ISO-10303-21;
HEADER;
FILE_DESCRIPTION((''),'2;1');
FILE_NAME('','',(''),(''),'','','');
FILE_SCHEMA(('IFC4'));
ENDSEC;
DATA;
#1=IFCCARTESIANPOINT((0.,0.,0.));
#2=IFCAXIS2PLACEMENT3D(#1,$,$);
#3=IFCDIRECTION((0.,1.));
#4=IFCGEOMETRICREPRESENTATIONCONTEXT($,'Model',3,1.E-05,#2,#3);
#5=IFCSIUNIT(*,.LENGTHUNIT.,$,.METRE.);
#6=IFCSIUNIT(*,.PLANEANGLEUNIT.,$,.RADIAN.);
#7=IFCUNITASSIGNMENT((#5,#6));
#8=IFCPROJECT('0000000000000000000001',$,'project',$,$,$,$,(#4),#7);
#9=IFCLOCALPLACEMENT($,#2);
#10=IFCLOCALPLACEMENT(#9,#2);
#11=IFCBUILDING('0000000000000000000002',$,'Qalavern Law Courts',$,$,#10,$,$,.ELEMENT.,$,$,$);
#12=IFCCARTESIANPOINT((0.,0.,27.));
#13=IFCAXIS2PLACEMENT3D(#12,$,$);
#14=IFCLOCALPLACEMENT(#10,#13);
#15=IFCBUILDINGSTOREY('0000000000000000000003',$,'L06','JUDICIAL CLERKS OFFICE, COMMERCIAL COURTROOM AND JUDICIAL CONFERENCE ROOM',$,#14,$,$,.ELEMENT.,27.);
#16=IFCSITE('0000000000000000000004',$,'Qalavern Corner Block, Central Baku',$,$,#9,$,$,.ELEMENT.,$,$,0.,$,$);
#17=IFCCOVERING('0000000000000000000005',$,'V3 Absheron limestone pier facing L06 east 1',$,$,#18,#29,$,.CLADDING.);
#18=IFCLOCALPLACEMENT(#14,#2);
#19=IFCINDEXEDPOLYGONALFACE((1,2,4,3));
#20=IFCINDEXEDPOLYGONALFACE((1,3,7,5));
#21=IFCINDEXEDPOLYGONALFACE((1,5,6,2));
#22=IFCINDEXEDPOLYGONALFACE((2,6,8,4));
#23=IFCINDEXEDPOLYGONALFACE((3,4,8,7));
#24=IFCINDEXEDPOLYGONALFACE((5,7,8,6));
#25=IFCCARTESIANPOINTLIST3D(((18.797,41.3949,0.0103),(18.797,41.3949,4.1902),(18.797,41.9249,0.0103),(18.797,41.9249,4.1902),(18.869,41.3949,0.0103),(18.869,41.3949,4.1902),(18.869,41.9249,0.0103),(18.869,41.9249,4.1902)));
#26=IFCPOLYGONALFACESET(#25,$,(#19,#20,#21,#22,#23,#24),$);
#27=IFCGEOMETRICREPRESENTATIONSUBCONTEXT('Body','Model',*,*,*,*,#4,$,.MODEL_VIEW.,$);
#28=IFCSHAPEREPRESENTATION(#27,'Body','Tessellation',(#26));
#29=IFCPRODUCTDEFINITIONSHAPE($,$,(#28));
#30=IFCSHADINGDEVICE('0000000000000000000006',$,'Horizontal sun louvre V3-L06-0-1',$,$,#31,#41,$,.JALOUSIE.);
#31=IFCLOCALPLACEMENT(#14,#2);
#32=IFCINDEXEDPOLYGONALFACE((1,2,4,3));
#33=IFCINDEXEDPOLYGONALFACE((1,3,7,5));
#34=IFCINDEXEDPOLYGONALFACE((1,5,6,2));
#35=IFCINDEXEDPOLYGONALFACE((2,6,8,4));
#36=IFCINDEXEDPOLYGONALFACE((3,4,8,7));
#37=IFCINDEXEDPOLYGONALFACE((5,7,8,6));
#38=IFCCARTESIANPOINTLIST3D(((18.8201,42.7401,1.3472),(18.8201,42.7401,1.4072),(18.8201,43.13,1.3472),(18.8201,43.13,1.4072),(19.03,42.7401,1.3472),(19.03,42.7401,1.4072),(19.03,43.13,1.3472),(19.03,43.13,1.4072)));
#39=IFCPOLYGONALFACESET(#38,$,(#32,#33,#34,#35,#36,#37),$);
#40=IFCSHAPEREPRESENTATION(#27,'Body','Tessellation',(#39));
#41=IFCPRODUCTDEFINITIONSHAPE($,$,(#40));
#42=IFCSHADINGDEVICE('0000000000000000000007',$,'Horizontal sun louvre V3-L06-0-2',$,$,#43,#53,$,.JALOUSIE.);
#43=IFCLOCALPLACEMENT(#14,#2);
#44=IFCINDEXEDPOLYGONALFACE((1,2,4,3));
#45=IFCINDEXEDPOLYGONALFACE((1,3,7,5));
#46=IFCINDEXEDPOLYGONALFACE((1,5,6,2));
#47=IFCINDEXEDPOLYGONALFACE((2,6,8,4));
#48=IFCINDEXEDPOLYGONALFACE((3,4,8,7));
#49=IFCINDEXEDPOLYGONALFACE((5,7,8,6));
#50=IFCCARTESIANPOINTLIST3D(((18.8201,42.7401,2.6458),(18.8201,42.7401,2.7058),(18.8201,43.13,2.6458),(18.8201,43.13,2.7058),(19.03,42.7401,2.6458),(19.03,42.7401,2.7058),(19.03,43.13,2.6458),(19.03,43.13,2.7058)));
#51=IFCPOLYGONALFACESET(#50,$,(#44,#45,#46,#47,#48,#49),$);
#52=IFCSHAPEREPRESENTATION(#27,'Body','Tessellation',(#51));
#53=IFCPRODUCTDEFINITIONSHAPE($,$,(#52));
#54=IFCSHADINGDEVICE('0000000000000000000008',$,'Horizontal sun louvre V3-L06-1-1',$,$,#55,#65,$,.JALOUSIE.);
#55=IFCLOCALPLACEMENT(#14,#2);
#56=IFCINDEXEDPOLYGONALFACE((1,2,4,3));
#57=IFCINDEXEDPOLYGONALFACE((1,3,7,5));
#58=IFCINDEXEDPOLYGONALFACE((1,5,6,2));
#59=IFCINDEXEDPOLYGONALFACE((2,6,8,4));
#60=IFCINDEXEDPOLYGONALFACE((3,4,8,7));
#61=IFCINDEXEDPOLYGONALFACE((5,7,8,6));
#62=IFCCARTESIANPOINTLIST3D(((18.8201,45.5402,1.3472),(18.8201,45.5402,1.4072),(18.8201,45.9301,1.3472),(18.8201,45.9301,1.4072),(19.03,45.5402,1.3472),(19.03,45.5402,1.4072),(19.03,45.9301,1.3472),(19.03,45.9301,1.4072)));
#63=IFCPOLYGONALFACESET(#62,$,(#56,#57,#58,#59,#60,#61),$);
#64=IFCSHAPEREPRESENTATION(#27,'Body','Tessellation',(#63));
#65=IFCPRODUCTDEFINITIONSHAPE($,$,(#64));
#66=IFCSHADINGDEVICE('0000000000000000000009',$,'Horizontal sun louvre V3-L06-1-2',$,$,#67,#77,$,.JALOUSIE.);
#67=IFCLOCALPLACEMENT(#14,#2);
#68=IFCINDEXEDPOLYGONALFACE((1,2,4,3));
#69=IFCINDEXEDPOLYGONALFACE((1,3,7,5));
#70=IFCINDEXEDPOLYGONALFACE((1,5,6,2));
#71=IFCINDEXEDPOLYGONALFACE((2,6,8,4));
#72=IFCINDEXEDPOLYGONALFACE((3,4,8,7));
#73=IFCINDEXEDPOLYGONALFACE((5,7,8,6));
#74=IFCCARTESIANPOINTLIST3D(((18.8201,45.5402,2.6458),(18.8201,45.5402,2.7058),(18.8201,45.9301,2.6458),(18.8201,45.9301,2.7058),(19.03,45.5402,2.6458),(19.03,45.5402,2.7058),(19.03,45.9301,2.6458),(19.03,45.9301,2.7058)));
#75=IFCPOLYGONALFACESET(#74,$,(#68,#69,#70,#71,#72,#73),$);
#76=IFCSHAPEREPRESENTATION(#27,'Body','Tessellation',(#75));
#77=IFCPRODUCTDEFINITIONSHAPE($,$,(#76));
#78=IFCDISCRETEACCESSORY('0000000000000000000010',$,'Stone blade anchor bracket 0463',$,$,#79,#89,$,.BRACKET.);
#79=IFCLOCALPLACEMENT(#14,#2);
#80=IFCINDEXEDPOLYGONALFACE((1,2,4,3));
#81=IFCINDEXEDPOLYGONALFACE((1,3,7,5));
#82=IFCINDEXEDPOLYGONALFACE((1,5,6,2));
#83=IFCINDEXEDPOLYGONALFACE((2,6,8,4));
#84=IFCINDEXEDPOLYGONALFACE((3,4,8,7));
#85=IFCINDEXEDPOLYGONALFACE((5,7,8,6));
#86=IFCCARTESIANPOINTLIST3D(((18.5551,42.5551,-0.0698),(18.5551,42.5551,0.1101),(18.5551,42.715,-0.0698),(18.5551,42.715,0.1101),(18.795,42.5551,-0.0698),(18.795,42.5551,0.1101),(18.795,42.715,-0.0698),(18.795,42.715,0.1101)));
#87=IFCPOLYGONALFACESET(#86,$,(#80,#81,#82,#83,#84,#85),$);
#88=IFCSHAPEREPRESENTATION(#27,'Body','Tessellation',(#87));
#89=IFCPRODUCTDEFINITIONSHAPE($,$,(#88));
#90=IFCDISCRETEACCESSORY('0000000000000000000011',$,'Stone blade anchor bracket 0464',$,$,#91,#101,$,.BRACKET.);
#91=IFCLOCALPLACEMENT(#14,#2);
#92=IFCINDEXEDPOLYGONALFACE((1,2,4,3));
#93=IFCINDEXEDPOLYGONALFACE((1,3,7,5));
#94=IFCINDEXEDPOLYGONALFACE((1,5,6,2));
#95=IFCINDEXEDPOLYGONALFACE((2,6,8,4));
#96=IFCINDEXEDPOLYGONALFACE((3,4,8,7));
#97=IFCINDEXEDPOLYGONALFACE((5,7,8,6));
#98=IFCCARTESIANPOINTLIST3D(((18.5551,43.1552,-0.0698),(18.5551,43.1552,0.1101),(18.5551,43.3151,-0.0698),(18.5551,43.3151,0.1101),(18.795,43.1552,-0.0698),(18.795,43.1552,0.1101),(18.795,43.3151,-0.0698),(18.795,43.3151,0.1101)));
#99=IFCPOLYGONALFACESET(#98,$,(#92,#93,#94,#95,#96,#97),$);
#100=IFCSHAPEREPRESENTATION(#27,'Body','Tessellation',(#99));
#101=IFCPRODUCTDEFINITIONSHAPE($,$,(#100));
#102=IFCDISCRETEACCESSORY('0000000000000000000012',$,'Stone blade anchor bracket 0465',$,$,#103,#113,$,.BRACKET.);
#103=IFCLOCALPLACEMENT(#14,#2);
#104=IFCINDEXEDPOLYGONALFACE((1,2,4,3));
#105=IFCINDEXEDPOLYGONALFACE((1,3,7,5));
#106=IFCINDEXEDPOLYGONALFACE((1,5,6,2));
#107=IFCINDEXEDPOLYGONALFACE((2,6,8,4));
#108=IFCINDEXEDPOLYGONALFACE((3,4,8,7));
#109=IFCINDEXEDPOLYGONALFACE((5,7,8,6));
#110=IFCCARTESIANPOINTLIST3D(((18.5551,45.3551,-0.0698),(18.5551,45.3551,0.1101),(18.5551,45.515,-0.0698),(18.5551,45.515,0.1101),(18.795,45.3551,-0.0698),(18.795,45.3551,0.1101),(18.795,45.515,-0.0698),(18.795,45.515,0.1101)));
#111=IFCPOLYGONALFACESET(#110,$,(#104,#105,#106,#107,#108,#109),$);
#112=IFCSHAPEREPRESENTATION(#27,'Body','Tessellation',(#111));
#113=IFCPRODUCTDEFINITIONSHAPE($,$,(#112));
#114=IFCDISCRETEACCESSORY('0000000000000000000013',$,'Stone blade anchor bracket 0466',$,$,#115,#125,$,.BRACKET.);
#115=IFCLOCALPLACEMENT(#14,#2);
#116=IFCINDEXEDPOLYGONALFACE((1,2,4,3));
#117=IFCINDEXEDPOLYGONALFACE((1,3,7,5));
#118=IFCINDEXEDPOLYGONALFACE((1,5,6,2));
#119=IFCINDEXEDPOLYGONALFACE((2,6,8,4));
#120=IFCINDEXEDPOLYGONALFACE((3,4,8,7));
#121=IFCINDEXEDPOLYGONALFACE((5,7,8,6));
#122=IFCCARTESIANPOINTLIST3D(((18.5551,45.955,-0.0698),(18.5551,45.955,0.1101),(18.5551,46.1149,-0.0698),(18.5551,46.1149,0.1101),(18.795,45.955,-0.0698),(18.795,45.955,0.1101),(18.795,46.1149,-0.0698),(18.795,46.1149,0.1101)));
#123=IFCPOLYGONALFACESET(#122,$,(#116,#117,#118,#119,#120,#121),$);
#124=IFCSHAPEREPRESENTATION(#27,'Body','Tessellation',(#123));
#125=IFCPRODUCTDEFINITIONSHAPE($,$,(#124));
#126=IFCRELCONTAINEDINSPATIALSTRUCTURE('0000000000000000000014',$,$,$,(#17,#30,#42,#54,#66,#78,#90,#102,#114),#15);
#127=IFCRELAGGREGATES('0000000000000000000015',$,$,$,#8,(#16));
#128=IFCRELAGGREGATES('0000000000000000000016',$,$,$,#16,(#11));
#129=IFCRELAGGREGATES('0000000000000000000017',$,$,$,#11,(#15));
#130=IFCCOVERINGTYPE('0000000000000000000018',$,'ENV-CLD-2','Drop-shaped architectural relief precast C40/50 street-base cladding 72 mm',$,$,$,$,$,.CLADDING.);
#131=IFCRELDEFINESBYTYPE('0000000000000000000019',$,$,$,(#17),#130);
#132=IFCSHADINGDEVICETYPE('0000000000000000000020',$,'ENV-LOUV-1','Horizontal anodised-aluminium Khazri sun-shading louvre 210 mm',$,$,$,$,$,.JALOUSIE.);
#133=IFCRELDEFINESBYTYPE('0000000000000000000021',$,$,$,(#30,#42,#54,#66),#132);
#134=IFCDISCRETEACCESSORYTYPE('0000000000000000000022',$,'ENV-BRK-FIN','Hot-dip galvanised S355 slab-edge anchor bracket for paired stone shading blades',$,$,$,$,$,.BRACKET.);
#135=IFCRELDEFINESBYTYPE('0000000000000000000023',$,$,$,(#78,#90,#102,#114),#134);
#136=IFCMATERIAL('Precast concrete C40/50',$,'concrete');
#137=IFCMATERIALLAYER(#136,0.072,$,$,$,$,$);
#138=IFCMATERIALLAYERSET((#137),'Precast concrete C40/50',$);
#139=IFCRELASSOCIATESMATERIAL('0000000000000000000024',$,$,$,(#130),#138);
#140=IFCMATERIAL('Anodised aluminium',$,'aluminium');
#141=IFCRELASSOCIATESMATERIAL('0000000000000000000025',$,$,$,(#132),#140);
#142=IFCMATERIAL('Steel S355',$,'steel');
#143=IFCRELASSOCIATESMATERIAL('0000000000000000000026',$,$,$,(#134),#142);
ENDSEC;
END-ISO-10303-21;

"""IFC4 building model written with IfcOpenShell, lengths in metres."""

from ifc_helpers import new_model, si_unit, direction, frame, origin, origin_2d, place, context, subcontext, project, spatial, rectangle, extrude, material, layer, layer_set, type_object, element, save


model = new_model("IFC4")

# Units and contexts
model_context = context("Model", 3, precision=1e-05, world=origin(), true_north=direction((0.0, 1.0)))
body_context = subcontext(model_context, "Body", "Model", "MODEL_VIEW")
ifc_project = project(units=[si_unit("LENGTHUNIT", "METRE"), si_unit("PLANEANGLEUNIT", "RADIAN")], contexts=[model_context])

# Site, building, storey
site_placement = place(None, origin())
site = spatial("IfcSite", under=ifc_project, at=site_placement, Name="Qalavern Corner Block, Central Baku", CompositionType="ELEMENT", RefElevation=0.0)
building_placement = place(site_placement, origin())
building = spatial("IfcBuilding", under=site, at=building_placement, Name="Qalavern Law Courts", CompositionType="ELEMENT")
storey_placement = place(building_placement, frame((0.0, 0.0, 27.0)))
storey = spatial("IfcBuildingStorey", under=building, at=storey_placement, Name="L06", Description="JUDICIAL CLERKS OFFICE, COMMERCIAL COURTROOM AND JUDICIAL CONFERENCE ROOM", CompositionType="ELEMENT", Elevation=27.0)

# Shared definitions
ifc_material_1 = material(Name="Anodised aluminium", Category="aluminium")

# Covering
ifc_material_2 = material(Name="Precast concrete C40/50", Category="concrete")
ifc_layer_1 = layer(ifc_material_2, 0.072)
ifc_layer_set_1 = layer_set([ifc_layer_1], Name="Precast concrete C40/50")
covering_type_1 = type_object("IfcCoveringType", Name="ENV-CLD-2", Description="Drop-shaped architectural relief precast C40/50 street-base cladding 72 mm", PredefinedType="CLADDING", material=ifc_layer_set_1)
covering_placement = place(storey_placement, frame((18.833, 41.6599, 0.0103), z_axis=(0.0, 0.0, 1.0), x_axis=(0.0, 1.0, 0.0)))
element("IfcCovering", 1, at=covering_placement, inside=storey, type_object=covering_type_1, Name="V3 Absheron limestone pier facing L06 east 1", PredefinedType="CLADDING", context=body_context, shape_type="SweptSolid", body=[
    extrude(rectangle(XDim=0.53, YDim=0.072, at=origin_2d()), origin(), (0.0, 0.0, 1.0), 4.1799),
])

# Shading devices
shading_device_type = type_object("IfcShadingDeviceType", Name="ENV-LOUV-1", Description="Horizontal anodised-aluminium Khazri sun-shading louvre 210 mm", PredefinedType="JALOUSIE", material=ifc_material_1)
for number, where, z_axis, x_axis, name in (
    (2, (18.925, 42.9351, 1.3472), (0.0, 0.0, 1.0), (0.0, 1.0, 0.0), "Horizontal sun louvre V3-L06-0-1"),
    (3, (18.925, 42.9351, 2.6458), (0.0, 0.0, 1.0), (0.0, 1.0, 0.0), "Horizontal sun louvre V3-L06-0-2"),
    (4, (18.925, 45.7351, 1.3472), (0.0, 0.0, 1.0), (0.0, 1.0, 0.0), "Horizontal sun louvre V3-L06-1-1"),
    (5, (18.925, 45.7351, 2.6458), (0.0, 0.0, 1.0), (0.0, 1.0, 0.0), "Horizontal sun louvre V3-L06-1-2"),
):
    element("IfcShadingDevice", number, at=place(storey_placement, frame(where, z_axis=z_axis, x_axis=x_axis)), inside=storey, type_object=shading_device_type, Name=name, PredefinedType="JALOUSIE", context=body_context, shape_type="SweptSolid", body=[
        extrude(rectangle(XDim=0.3899, YDim=0.21, at=origin_2d()), origin(), (0.0, 0.0, 1.0), 0.0601),
    ])

# Discrete accessories
ifc_material_3 = material(Name="Steel S355", Category="steel")
discrete_accessory_type = type_object("IfcDiscreteAccessoryType", Name="ENV-BRK-FIN", Description="Hot-dip galvanised S355 slab-edge anchor bracket for paired stone shading blades", PredefinedType="BRACKET", material=ifc_material_3)
for number, where, z_axis, x_axis, name in (
    (6, (18.675, 42.635, -0.0698), (0.0, 0.0, 1.0), (1.0, 0.0, 0.0), "Stone blade anchor bracket 0463"),
    (7, (18.675, 43.2351, -0.0698), (0.0, 0.0, 1.0), (1.0, 0.0, 0.0), "Stone blade anchor bracket 0464"),
    (8, (18.675, 45.4351, -0.0698), (0.0, 0.0, 1.0), (1.0, 0.0, 0.0), "Stone blade anchor bracket 0465"),
    (9, (18.675, 46.0349, -0.0698), (0.0, 0.0, 1.0), (1.0, 0.0, 0.0), "Stone blade anchor bracket 0466"),
):
    element("IfcDiscreteAccessory", number, at=place(storey_placement, frame(where, z_axis=z_axis, x_axis=x_axis)), inside=storey, type_object=discrete_accessory_type, Name=name, PredefinedType="BRACKET", context=body_context, shape_type="SweptSolid", body=[
        extrude(rectangle(XDim=0.24, YDim=0.1599, at=origin_2d()), origin(), (0.0, 0.0, 1.0), 0.1799),
    ])

save(model, "model.ifc")
